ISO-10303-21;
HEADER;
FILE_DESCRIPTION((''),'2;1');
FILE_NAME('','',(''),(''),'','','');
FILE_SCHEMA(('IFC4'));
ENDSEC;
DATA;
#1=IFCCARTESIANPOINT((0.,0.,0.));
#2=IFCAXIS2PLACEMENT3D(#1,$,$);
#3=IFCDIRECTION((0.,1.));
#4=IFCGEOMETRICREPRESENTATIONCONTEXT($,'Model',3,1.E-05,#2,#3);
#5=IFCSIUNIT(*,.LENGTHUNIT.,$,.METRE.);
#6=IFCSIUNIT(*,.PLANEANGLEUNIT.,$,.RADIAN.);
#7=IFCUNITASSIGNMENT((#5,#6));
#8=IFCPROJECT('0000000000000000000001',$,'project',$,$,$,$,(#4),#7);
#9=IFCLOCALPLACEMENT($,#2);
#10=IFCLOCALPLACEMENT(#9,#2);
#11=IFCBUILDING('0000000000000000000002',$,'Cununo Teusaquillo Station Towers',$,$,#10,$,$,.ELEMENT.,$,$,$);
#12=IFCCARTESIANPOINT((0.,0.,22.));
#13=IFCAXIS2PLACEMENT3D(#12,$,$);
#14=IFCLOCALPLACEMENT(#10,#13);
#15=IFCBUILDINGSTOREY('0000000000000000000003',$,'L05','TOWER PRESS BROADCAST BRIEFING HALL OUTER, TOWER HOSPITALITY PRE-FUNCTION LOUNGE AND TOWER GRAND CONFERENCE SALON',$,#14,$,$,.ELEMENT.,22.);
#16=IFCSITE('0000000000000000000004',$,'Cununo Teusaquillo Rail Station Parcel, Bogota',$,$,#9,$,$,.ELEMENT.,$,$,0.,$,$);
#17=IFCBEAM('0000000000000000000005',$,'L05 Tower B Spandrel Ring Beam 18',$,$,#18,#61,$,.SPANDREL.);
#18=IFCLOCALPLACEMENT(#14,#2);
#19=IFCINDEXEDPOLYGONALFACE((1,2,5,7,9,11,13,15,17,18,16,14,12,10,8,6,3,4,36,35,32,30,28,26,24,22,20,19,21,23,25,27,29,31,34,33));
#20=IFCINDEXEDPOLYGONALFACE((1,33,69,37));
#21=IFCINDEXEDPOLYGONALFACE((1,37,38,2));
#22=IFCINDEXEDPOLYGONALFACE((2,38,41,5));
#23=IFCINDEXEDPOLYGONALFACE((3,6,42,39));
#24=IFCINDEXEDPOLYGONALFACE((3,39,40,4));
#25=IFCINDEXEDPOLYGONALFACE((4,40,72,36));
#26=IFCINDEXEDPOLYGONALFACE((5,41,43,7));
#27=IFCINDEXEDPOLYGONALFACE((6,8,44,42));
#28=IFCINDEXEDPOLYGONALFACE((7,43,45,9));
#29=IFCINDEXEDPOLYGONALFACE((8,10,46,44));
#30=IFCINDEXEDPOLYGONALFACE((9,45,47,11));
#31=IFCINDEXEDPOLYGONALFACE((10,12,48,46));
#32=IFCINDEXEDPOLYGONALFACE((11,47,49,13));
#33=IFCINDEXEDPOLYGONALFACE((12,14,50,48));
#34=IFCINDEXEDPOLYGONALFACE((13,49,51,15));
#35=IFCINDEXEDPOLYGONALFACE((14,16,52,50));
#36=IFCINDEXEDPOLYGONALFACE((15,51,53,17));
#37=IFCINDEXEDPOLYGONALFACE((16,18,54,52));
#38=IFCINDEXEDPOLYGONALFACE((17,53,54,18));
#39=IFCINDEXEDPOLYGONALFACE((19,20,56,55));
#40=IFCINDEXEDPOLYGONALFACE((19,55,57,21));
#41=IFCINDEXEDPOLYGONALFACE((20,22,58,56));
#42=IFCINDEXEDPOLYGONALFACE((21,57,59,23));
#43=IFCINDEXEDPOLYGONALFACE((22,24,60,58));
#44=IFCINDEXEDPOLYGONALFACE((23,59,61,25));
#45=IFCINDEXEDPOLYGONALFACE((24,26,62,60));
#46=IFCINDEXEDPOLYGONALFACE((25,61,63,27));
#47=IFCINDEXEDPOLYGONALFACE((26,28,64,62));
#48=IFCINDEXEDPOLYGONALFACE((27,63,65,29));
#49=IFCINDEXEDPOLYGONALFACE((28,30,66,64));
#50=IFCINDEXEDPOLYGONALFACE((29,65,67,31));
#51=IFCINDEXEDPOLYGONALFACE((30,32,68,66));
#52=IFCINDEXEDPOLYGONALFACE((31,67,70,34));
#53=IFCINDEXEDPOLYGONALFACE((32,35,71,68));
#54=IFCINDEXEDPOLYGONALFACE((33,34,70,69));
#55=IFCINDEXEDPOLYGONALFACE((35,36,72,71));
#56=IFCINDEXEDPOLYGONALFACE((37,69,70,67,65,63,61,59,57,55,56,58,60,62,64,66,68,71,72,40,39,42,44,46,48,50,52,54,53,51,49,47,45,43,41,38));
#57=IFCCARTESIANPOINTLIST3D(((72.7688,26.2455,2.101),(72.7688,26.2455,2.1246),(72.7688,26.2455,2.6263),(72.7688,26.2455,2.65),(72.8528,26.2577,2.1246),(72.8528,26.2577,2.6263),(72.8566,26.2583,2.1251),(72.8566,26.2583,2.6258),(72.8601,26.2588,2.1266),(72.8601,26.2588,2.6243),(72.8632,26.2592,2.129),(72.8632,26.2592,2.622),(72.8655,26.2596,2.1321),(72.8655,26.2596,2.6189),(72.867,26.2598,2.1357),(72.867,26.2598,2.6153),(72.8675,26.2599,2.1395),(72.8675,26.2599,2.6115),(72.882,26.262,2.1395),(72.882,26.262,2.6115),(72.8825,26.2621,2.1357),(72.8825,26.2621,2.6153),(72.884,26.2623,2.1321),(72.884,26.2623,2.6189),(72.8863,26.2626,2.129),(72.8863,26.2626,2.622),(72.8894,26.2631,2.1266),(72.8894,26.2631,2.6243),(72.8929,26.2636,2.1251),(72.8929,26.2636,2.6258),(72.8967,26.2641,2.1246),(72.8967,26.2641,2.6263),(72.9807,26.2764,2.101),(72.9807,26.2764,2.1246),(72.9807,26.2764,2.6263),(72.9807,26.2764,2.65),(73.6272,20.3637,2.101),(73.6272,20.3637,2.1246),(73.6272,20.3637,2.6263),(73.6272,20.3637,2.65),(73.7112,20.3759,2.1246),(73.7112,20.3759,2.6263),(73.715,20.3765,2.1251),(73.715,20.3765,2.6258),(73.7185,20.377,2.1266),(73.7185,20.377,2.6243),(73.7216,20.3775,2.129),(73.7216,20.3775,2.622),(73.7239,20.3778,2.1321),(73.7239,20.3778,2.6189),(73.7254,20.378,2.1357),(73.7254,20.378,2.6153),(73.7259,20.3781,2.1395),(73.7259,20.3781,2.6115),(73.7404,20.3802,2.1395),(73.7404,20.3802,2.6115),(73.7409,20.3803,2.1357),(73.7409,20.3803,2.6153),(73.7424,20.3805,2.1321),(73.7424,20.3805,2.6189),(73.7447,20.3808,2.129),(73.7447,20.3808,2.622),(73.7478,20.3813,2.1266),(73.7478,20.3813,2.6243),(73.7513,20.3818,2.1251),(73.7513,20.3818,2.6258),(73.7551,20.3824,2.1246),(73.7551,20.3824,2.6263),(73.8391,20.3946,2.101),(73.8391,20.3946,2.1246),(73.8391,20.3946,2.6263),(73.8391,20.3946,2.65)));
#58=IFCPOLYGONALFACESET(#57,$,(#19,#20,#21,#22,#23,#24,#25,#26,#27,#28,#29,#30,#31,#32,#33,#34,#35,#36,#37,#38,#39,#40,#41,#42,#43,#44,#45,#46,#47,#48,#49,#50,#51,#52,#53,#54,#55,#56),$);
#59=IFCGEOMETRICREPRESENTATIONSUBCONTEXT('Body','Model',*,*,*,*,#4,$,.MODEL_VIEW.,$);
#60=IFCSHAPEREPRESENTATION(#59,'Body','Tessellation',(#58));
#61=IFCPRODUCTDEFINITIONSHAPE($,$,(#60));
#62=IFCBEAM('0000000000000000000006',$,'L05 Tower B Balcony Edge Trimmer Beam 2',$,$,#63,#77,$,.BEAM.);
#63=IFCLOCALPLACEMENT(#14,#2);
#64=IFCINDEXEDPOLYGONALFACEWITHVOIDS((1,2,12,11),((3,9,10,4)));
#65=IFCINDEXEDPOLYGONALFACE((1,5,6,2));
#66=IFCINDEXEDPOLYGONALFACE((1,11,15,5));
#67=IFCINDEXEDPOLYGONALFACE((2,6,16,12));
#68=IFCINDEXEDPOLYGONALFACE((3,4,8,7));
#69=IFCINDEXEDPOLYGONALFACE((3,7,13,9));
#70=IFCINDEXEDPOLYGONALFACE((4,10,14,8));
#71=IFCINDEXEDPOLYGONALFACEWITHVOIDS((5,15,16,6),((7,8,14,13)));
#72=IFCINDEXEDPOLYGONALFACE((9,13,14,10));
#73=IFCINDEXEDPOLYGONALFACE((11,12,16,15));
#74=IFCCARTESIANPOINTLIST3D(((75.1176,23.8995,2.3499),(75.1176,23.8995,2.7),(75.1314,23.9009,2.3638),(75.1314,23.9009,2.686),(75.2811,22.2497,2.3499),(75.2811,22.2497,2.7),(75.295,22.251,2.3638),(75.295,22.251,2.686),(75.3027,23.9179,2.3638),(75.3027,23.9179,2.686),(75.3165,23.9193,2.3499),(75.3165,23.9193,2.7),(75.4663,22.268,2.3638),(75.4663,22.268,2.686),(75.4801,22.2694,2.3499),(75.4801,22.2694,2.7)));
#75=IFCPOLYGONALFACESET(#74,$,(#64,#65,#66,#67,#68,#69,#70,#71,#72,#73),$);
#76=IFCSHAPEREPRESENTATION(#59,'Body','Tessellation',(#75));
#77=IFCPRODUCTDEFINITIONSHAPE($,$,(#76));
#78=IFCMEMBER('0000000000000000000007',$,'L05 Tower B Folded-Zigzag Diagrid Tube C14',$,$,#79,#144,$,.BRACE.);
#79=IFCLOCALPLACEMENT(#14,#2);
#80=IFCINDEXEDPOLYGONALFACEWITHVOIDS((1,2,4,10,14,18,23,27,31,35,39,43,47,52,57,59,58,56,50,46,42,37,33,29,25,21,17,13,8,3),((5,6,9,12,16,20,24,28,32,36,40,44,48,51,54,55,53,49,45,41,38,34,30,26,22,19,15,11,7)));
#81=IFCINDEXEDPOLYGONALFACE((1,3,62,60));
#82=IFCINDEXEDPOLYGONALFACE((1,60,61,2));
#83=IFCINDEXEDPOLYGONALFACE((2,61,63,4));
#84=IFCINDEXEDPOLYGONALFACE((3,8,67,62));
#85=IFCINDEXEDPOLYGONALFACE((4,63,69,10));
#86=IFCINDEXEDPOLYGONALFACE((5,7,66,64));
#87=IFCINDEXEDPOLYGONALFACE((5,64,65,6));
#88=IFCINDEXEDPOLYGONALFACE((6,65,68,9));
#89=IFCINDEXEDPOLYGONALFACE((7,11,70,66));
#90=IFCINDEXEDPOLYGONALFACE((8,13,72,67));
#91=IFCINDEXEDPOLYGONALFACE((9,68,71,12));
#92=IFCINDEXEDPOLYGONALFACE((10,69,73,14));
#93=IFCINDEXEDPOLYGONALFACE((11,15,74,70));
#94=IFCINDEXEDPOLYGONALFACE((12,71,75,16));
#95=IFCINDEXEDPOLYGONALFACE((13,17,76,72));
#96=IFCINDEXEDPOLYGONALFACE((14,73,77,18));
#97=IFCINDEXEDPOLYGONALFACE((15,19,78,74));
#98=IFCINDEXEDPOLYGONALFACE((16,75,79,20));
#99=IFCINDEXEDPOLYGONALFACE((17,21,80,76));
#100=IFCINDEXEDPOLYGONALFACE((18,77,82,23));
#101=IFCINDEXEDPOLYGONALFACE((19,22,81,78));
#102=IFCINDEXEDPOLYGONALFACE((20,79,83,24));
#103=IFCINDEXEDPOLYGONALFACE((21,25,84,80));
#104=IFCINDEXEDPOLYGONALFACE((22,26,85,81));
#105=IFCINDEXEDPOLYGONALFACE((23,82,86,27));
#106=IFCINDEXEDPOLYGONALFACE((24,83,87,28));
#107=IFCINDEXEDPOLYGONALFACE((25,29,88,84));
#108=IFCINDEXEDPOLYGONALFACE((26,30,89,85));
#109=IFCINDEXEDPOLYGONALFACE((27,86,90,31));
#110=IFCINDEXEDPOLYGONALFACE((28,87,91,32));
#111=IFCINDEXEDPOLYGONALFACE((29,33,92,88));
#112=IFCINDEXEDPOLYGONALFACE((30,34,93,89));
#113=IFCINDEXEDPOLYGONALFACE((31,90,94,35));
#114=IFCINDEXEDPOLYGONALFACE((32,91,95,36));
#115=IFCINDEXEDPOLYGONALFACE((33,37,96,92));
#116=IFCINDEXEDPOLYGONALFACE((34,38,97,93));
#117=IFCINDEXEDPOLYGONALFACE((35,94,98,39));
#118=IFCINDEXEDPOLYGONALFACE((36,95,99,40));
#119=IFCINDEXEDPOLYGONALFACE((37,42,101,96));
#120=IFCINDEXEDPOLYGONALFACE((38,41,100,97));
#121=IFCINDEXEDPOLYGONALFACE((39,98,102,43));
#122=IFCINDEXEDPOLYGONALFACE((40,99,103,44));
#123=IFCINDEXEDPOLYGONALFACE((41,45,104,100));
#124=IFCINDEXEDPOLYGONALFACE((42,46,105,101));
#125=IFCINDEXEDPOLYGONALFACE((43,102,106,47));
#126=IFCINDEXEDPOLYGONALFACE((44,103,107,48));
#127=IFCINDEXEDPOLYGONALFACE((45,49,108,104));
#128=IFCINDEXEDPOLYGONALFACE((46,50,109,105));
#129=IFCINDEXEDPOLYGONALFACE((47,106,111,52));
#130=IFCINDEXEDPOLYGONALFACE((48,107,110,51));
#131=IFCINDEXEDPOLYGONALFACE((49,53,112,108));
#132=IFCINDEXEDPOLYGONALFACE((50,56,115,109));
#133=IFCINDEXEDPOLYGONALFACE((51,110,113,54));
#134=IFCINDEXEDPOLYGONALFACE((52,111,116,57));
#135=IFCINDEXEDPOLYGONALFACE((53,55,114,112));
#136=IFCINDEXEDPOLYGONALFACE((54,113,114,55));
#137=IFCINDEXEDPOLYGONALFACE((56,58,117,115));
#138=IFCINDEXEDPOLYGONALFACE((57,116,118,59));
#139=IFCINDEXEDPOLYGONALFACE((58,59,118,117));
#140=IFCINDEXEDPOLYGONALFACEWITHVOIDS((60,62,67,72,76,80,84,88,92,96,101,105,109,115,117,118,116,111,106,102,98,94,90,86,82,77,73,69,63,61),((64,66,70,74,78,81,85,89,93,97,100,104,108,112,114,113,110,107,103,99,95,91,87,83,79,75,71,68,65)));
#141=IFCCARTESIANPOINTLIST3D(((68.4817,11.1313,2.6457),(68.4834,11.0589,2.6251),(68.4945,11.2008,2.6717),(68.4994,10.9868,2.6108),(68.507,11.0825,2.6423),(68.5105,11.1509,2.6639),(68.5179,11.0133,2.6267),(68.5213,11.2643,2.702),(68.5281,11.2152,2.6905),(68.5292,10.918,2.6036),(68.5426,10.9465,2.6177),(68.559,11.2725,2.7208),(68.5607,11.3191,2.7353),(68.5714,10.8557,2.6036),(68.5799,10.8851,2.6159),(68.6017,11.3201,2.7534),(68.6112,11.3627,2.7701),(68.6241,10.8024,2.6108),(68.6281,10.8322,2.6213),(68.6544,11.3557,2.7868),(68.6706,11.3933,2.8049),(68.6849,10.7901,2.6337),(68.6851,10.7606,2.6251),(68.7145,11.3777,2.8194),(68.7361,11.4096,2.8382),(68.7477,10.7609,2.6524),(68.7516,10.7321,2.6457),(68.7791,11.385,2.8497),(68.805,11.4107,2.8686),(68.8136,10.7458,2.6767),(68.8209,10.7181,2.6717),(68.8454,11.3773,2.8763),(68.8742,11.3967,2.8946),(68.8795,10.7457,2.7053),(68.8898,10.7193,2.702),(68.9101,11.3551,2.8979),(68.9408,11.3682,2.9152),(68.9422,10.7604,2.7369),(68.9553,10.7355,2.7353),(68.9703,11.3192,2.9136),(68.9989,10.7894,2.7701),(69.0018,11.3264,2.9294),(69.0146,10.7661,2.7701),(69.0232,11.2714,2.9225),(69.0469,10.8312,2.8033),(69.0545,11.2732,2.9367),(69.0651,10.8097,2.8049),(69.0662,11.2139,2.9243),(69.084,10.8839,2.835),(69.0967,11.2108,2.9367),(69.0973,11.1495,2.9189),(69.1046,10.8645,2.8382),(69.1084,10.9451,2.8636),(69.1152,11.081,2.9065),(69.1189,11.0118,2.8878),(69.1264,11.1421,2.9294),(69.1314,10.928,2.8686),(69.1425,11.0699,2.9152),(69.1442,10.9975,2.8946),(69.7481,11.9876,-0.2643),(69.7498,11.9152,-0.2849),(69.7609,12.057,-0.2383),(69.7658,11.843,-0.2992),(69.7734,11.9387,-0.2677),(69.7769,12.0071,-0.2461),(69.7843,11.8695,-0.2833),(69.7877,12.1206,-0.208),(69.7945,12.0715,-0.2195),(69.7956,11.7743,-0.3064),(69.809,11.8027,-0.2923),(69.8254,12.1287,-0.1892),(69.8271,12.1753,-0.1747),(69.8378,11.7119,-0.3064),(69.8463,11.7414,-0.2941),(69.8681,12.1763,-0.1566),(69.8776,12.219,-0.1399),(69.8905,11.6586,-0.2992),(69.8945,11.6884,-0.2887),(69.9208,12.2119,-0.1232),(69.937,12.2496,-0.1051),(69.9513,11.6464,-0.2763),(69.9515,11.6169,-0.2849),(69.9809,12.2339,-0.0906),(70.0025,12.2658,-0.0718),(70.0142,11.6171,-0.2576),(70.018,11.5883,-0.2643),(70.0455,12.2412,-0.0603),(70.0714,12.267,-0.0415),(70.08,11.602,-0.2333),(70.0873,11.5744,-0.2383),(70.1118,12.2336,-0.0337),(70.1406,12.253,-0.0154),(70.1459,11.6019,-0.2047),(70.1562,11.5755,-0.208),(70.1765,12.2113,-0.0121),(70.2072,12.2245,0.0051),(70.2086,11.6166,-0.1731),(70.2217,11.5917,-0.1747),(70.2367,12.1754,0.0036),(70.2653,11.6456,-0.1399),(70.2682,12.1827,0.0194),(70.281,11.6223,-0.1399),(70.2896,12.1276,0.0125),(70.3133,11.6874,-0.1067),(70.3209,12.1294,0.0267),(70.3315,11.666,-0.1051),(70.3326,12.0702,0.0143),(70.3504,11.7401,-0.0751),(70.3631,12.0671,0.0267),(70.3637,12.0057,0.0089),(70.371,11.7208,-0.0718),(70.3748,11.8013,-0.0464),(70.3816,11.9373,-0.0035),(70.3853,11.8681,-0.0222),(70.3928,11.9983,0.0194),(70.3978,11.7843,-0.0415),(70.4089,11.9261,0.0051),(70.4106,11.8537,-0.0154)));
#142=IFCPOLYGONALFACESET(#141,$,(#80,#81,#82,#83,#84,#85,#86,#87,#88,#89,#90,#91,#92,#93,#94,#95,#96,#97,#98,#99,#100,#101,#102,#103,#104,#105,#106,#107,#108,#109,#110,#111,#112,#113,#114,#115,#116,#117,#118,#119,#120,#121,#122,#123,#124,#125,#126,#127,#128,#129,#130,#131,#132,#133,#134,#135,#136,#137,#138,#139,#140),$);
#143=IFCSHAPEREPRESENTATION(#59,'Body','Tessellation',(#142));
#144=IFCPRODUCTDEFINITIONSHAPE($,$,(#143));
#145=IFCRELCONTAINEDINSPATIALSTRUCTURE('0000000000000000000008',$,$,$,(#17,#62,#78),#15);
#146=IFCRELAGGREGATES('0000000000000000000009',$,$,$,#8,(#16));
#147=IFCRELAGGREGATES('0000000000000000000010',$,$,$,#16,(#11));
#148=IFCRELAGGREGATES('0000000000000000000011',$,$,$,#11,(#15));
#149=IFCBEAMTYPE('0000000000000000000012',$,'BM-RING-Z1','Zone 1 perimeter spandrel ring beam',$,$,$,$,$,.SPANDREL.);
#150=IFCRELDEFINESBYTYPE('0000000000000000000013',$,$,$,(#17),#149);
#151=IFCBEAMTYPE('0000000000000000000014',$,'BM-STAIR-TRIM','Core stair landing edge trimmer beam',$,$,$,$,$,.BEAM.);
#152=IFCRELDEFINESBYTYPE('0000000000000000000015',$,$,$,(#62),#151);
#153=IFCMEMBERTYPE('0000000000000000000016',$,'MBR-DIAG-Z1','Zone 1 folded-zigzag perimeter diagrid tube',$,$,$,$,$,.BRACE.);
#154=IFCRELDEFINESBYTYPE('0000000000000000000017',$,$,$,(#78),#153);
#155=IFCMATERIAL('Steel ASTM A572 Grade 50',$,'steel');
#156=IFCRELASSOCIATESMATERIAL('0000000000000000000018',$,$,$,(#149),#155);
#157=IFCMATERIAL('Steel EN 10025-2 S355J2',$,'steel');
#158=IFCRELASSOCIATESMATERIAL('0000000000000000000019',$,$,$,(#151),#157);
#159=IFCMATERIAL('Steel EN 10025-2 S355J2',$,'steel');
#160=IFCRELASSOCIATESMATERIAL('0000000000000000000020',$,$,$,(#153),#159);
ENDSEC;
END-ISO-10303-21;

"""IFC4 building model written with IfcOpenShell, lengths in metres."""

from ifc_helpers import new_model, si_unit, direction, frame, origin, origin_2d, place, context, subcontext, project, spatial, hollow_rectangle, hollow_circle, i_section, extrude, material, material_profile, profile_set, type_object, element, save


model = new_model("IFC4")

# Units and contexts
model_context = context("Model", 3, precision=1e-05, world=origin(), true_north=direction((0.0, 1.0)))
body_context = subcontext(model_context, "Body", "Model", "MODEL_VIEW")
ifc_project = project(units=[si_unit("LENGTHUNIT", "METRE"), si_unit("PLANEANGLEUNIT", "RADIAN")], contexts=[model_context])

# Site, building, storey
site_placement = place(None, origin())
site = spatial("IfcSite", under=ifc_project, at=site_placement, Name="Cununo Teusaquillo Rail Station Parcel, Bogota", CompositionType="ELEMENT", RefElevation=0.0)
building_placement = place(site_placement, origin())
building = spatial("IfcBuilding", under=site, at=building_placement, Name="Cununo Teusaquillo Station Towers", CompositionType="ELEMENT")
storey_placement = place(building_placement, frame((0.0, 0.0, 22.0)))
storey = spatial("IfcBuildingStorey", under=building, at=storey_placement, Name="L05", Description="TOWER PRESS BROADCAST BRIEFING HALL OUTER, TOWER HOSPITALITY PRE-FUNCTION LOUNGE AND TOWER GRAND CONFERENCE SALON", CompositionType="ELEMENT", Elevation=22.0)

# Beams
ifc_material_1 = material(Name="Steel ASTM A572 Grade 50", Category="steel")
ifc_material_profile_1 = material_profile(ifc_material_1, i_section(OverallWidth=0.2141, OverallDepth=0.5491, WebThickness=0.0146, FlangeThickness=0.0237, FilletRadius=0.0149, at=origin_2d()), Name="W21X93")
ifc_profile_set_1 = profile_set([ifc_material_profile_1], Name="Steel ASTM A572 Grade 50")
beam_type_1 = type_object("IfcBeamType", Name="BM-RING-Z1", Description="Zone 1 perimeter spandrel ring beam", PredefinedType="SPANDREL", material=ifc_profile_set_1)
beam_1_placement = place(storey_placement, frame((73.7332, 20.3792, 2.3755), z_axis=(-0.144411, 0.989518, 0.0), x_axis=(-0.989518, -0.144411, 0.0)))
element("IfcBeam", 1, at=beam_1_placement, inside=storey, type_object=beam_type_1, Name="L05 Tower B Spandrel Ring Beam 18", PredefinedType="SPANDREL", context=body_context, shape_type="SweptSolid", body=[
    extrude(i_section(OverallWidth=0.2141, OverallDepth=0.5491, WebThickness=0.0146, FlangeThickness=0.0237, FilletRadius=0.0149, at=origin_2d()), origin(), (0.0, 0.0, 1.0), 5.9441),
])
ifc_material_2 = material(Name="Steel EN 10025-2 S355J2", Category="steel")
ifc_material_profile_2 = material_profile(ifc_material_2, hollow_rectangle(XDim=0.2, YDim=0.3501, WallThickness=0.0139, at=origin_2d()), Name="RHS 350x200x14")
ifc_profile_set_2 = profile_set([ifc_material_profile_2], Name="Steel EN 10025-2 S355J2")
beam_type_2 = type_object("IfcBeamType", Name="BM-STAIR-TRIM", Description="Core stair landing edge trimmer beam", PredefinedType="BEAM", material=ifc_profile_set_2)
beam_2_placement = place(storey_placement, frame((75.3806, 22.2595, 2.5249), z_axis=(-0.098658, 0.995121, 0.0), x_axis=(-0.995121, -0.098658, 0.0)))
element("IfcBeam", 2, at=beam_2_placement, inside=storey, type_object=beam_type_2, Name="L05 Tower B Balcony Edge Trimmer Beam 2", PredefinedType="BEAM", context=body_context, shape_type="SweptSolid", body=[
    extrude(hollow_rectangle(XDim=0.2, YDim=0.3501, WallThickness=0.0139, at=origin_2d()), origin(), (0.0, 0.0, 1.0), 1.658),
])

# Member
ifc_material_3 = material(Name="Steel EN 10025-2 S355J2", Category="steel")
ifc_material_profile_3 = material_profile(ifc_material_3, hollow_circle(Radius=0.3601, WallThickness=0.0281, at=origin_2d()), Name="CHS 720x28")
ifc_profile_set_3 = profile_set([ifc_material_profile_3], Name="Steel EN 10025-2 S355J2")
member_type = type_object("IfcMemberType", Name="MBR-DIAG-Z1", Description="Zone 1 folded-zigzag perimeter diagrid tube", PredefinedType="BRACE", material=ifc_profile_set_3)
member_1_placement = place(storey_placement, frame((70.0793, 11.9207, -0.1399), z_axis=(-0.385263, -0.260482, 0.885281), x_axis=(0.560106, -0.828421, 0.0)))
element("IfcMember", 3, at=member_1_placement, inside=storey, type_object=member_type, Name="L05 Tower B Folded-Zigzag Diagrid Tube C14", PredefinedType="BRACE", context=body_context, shape_type="SweptSolid", body=[
    extrude(hollow_circle(Radius=0.3601, WallThickness=0.0281, at=origin_2d()), origin(), (0.0, 0.0, 1.0), 3.2871),
])

save(model, "model.ifc")
